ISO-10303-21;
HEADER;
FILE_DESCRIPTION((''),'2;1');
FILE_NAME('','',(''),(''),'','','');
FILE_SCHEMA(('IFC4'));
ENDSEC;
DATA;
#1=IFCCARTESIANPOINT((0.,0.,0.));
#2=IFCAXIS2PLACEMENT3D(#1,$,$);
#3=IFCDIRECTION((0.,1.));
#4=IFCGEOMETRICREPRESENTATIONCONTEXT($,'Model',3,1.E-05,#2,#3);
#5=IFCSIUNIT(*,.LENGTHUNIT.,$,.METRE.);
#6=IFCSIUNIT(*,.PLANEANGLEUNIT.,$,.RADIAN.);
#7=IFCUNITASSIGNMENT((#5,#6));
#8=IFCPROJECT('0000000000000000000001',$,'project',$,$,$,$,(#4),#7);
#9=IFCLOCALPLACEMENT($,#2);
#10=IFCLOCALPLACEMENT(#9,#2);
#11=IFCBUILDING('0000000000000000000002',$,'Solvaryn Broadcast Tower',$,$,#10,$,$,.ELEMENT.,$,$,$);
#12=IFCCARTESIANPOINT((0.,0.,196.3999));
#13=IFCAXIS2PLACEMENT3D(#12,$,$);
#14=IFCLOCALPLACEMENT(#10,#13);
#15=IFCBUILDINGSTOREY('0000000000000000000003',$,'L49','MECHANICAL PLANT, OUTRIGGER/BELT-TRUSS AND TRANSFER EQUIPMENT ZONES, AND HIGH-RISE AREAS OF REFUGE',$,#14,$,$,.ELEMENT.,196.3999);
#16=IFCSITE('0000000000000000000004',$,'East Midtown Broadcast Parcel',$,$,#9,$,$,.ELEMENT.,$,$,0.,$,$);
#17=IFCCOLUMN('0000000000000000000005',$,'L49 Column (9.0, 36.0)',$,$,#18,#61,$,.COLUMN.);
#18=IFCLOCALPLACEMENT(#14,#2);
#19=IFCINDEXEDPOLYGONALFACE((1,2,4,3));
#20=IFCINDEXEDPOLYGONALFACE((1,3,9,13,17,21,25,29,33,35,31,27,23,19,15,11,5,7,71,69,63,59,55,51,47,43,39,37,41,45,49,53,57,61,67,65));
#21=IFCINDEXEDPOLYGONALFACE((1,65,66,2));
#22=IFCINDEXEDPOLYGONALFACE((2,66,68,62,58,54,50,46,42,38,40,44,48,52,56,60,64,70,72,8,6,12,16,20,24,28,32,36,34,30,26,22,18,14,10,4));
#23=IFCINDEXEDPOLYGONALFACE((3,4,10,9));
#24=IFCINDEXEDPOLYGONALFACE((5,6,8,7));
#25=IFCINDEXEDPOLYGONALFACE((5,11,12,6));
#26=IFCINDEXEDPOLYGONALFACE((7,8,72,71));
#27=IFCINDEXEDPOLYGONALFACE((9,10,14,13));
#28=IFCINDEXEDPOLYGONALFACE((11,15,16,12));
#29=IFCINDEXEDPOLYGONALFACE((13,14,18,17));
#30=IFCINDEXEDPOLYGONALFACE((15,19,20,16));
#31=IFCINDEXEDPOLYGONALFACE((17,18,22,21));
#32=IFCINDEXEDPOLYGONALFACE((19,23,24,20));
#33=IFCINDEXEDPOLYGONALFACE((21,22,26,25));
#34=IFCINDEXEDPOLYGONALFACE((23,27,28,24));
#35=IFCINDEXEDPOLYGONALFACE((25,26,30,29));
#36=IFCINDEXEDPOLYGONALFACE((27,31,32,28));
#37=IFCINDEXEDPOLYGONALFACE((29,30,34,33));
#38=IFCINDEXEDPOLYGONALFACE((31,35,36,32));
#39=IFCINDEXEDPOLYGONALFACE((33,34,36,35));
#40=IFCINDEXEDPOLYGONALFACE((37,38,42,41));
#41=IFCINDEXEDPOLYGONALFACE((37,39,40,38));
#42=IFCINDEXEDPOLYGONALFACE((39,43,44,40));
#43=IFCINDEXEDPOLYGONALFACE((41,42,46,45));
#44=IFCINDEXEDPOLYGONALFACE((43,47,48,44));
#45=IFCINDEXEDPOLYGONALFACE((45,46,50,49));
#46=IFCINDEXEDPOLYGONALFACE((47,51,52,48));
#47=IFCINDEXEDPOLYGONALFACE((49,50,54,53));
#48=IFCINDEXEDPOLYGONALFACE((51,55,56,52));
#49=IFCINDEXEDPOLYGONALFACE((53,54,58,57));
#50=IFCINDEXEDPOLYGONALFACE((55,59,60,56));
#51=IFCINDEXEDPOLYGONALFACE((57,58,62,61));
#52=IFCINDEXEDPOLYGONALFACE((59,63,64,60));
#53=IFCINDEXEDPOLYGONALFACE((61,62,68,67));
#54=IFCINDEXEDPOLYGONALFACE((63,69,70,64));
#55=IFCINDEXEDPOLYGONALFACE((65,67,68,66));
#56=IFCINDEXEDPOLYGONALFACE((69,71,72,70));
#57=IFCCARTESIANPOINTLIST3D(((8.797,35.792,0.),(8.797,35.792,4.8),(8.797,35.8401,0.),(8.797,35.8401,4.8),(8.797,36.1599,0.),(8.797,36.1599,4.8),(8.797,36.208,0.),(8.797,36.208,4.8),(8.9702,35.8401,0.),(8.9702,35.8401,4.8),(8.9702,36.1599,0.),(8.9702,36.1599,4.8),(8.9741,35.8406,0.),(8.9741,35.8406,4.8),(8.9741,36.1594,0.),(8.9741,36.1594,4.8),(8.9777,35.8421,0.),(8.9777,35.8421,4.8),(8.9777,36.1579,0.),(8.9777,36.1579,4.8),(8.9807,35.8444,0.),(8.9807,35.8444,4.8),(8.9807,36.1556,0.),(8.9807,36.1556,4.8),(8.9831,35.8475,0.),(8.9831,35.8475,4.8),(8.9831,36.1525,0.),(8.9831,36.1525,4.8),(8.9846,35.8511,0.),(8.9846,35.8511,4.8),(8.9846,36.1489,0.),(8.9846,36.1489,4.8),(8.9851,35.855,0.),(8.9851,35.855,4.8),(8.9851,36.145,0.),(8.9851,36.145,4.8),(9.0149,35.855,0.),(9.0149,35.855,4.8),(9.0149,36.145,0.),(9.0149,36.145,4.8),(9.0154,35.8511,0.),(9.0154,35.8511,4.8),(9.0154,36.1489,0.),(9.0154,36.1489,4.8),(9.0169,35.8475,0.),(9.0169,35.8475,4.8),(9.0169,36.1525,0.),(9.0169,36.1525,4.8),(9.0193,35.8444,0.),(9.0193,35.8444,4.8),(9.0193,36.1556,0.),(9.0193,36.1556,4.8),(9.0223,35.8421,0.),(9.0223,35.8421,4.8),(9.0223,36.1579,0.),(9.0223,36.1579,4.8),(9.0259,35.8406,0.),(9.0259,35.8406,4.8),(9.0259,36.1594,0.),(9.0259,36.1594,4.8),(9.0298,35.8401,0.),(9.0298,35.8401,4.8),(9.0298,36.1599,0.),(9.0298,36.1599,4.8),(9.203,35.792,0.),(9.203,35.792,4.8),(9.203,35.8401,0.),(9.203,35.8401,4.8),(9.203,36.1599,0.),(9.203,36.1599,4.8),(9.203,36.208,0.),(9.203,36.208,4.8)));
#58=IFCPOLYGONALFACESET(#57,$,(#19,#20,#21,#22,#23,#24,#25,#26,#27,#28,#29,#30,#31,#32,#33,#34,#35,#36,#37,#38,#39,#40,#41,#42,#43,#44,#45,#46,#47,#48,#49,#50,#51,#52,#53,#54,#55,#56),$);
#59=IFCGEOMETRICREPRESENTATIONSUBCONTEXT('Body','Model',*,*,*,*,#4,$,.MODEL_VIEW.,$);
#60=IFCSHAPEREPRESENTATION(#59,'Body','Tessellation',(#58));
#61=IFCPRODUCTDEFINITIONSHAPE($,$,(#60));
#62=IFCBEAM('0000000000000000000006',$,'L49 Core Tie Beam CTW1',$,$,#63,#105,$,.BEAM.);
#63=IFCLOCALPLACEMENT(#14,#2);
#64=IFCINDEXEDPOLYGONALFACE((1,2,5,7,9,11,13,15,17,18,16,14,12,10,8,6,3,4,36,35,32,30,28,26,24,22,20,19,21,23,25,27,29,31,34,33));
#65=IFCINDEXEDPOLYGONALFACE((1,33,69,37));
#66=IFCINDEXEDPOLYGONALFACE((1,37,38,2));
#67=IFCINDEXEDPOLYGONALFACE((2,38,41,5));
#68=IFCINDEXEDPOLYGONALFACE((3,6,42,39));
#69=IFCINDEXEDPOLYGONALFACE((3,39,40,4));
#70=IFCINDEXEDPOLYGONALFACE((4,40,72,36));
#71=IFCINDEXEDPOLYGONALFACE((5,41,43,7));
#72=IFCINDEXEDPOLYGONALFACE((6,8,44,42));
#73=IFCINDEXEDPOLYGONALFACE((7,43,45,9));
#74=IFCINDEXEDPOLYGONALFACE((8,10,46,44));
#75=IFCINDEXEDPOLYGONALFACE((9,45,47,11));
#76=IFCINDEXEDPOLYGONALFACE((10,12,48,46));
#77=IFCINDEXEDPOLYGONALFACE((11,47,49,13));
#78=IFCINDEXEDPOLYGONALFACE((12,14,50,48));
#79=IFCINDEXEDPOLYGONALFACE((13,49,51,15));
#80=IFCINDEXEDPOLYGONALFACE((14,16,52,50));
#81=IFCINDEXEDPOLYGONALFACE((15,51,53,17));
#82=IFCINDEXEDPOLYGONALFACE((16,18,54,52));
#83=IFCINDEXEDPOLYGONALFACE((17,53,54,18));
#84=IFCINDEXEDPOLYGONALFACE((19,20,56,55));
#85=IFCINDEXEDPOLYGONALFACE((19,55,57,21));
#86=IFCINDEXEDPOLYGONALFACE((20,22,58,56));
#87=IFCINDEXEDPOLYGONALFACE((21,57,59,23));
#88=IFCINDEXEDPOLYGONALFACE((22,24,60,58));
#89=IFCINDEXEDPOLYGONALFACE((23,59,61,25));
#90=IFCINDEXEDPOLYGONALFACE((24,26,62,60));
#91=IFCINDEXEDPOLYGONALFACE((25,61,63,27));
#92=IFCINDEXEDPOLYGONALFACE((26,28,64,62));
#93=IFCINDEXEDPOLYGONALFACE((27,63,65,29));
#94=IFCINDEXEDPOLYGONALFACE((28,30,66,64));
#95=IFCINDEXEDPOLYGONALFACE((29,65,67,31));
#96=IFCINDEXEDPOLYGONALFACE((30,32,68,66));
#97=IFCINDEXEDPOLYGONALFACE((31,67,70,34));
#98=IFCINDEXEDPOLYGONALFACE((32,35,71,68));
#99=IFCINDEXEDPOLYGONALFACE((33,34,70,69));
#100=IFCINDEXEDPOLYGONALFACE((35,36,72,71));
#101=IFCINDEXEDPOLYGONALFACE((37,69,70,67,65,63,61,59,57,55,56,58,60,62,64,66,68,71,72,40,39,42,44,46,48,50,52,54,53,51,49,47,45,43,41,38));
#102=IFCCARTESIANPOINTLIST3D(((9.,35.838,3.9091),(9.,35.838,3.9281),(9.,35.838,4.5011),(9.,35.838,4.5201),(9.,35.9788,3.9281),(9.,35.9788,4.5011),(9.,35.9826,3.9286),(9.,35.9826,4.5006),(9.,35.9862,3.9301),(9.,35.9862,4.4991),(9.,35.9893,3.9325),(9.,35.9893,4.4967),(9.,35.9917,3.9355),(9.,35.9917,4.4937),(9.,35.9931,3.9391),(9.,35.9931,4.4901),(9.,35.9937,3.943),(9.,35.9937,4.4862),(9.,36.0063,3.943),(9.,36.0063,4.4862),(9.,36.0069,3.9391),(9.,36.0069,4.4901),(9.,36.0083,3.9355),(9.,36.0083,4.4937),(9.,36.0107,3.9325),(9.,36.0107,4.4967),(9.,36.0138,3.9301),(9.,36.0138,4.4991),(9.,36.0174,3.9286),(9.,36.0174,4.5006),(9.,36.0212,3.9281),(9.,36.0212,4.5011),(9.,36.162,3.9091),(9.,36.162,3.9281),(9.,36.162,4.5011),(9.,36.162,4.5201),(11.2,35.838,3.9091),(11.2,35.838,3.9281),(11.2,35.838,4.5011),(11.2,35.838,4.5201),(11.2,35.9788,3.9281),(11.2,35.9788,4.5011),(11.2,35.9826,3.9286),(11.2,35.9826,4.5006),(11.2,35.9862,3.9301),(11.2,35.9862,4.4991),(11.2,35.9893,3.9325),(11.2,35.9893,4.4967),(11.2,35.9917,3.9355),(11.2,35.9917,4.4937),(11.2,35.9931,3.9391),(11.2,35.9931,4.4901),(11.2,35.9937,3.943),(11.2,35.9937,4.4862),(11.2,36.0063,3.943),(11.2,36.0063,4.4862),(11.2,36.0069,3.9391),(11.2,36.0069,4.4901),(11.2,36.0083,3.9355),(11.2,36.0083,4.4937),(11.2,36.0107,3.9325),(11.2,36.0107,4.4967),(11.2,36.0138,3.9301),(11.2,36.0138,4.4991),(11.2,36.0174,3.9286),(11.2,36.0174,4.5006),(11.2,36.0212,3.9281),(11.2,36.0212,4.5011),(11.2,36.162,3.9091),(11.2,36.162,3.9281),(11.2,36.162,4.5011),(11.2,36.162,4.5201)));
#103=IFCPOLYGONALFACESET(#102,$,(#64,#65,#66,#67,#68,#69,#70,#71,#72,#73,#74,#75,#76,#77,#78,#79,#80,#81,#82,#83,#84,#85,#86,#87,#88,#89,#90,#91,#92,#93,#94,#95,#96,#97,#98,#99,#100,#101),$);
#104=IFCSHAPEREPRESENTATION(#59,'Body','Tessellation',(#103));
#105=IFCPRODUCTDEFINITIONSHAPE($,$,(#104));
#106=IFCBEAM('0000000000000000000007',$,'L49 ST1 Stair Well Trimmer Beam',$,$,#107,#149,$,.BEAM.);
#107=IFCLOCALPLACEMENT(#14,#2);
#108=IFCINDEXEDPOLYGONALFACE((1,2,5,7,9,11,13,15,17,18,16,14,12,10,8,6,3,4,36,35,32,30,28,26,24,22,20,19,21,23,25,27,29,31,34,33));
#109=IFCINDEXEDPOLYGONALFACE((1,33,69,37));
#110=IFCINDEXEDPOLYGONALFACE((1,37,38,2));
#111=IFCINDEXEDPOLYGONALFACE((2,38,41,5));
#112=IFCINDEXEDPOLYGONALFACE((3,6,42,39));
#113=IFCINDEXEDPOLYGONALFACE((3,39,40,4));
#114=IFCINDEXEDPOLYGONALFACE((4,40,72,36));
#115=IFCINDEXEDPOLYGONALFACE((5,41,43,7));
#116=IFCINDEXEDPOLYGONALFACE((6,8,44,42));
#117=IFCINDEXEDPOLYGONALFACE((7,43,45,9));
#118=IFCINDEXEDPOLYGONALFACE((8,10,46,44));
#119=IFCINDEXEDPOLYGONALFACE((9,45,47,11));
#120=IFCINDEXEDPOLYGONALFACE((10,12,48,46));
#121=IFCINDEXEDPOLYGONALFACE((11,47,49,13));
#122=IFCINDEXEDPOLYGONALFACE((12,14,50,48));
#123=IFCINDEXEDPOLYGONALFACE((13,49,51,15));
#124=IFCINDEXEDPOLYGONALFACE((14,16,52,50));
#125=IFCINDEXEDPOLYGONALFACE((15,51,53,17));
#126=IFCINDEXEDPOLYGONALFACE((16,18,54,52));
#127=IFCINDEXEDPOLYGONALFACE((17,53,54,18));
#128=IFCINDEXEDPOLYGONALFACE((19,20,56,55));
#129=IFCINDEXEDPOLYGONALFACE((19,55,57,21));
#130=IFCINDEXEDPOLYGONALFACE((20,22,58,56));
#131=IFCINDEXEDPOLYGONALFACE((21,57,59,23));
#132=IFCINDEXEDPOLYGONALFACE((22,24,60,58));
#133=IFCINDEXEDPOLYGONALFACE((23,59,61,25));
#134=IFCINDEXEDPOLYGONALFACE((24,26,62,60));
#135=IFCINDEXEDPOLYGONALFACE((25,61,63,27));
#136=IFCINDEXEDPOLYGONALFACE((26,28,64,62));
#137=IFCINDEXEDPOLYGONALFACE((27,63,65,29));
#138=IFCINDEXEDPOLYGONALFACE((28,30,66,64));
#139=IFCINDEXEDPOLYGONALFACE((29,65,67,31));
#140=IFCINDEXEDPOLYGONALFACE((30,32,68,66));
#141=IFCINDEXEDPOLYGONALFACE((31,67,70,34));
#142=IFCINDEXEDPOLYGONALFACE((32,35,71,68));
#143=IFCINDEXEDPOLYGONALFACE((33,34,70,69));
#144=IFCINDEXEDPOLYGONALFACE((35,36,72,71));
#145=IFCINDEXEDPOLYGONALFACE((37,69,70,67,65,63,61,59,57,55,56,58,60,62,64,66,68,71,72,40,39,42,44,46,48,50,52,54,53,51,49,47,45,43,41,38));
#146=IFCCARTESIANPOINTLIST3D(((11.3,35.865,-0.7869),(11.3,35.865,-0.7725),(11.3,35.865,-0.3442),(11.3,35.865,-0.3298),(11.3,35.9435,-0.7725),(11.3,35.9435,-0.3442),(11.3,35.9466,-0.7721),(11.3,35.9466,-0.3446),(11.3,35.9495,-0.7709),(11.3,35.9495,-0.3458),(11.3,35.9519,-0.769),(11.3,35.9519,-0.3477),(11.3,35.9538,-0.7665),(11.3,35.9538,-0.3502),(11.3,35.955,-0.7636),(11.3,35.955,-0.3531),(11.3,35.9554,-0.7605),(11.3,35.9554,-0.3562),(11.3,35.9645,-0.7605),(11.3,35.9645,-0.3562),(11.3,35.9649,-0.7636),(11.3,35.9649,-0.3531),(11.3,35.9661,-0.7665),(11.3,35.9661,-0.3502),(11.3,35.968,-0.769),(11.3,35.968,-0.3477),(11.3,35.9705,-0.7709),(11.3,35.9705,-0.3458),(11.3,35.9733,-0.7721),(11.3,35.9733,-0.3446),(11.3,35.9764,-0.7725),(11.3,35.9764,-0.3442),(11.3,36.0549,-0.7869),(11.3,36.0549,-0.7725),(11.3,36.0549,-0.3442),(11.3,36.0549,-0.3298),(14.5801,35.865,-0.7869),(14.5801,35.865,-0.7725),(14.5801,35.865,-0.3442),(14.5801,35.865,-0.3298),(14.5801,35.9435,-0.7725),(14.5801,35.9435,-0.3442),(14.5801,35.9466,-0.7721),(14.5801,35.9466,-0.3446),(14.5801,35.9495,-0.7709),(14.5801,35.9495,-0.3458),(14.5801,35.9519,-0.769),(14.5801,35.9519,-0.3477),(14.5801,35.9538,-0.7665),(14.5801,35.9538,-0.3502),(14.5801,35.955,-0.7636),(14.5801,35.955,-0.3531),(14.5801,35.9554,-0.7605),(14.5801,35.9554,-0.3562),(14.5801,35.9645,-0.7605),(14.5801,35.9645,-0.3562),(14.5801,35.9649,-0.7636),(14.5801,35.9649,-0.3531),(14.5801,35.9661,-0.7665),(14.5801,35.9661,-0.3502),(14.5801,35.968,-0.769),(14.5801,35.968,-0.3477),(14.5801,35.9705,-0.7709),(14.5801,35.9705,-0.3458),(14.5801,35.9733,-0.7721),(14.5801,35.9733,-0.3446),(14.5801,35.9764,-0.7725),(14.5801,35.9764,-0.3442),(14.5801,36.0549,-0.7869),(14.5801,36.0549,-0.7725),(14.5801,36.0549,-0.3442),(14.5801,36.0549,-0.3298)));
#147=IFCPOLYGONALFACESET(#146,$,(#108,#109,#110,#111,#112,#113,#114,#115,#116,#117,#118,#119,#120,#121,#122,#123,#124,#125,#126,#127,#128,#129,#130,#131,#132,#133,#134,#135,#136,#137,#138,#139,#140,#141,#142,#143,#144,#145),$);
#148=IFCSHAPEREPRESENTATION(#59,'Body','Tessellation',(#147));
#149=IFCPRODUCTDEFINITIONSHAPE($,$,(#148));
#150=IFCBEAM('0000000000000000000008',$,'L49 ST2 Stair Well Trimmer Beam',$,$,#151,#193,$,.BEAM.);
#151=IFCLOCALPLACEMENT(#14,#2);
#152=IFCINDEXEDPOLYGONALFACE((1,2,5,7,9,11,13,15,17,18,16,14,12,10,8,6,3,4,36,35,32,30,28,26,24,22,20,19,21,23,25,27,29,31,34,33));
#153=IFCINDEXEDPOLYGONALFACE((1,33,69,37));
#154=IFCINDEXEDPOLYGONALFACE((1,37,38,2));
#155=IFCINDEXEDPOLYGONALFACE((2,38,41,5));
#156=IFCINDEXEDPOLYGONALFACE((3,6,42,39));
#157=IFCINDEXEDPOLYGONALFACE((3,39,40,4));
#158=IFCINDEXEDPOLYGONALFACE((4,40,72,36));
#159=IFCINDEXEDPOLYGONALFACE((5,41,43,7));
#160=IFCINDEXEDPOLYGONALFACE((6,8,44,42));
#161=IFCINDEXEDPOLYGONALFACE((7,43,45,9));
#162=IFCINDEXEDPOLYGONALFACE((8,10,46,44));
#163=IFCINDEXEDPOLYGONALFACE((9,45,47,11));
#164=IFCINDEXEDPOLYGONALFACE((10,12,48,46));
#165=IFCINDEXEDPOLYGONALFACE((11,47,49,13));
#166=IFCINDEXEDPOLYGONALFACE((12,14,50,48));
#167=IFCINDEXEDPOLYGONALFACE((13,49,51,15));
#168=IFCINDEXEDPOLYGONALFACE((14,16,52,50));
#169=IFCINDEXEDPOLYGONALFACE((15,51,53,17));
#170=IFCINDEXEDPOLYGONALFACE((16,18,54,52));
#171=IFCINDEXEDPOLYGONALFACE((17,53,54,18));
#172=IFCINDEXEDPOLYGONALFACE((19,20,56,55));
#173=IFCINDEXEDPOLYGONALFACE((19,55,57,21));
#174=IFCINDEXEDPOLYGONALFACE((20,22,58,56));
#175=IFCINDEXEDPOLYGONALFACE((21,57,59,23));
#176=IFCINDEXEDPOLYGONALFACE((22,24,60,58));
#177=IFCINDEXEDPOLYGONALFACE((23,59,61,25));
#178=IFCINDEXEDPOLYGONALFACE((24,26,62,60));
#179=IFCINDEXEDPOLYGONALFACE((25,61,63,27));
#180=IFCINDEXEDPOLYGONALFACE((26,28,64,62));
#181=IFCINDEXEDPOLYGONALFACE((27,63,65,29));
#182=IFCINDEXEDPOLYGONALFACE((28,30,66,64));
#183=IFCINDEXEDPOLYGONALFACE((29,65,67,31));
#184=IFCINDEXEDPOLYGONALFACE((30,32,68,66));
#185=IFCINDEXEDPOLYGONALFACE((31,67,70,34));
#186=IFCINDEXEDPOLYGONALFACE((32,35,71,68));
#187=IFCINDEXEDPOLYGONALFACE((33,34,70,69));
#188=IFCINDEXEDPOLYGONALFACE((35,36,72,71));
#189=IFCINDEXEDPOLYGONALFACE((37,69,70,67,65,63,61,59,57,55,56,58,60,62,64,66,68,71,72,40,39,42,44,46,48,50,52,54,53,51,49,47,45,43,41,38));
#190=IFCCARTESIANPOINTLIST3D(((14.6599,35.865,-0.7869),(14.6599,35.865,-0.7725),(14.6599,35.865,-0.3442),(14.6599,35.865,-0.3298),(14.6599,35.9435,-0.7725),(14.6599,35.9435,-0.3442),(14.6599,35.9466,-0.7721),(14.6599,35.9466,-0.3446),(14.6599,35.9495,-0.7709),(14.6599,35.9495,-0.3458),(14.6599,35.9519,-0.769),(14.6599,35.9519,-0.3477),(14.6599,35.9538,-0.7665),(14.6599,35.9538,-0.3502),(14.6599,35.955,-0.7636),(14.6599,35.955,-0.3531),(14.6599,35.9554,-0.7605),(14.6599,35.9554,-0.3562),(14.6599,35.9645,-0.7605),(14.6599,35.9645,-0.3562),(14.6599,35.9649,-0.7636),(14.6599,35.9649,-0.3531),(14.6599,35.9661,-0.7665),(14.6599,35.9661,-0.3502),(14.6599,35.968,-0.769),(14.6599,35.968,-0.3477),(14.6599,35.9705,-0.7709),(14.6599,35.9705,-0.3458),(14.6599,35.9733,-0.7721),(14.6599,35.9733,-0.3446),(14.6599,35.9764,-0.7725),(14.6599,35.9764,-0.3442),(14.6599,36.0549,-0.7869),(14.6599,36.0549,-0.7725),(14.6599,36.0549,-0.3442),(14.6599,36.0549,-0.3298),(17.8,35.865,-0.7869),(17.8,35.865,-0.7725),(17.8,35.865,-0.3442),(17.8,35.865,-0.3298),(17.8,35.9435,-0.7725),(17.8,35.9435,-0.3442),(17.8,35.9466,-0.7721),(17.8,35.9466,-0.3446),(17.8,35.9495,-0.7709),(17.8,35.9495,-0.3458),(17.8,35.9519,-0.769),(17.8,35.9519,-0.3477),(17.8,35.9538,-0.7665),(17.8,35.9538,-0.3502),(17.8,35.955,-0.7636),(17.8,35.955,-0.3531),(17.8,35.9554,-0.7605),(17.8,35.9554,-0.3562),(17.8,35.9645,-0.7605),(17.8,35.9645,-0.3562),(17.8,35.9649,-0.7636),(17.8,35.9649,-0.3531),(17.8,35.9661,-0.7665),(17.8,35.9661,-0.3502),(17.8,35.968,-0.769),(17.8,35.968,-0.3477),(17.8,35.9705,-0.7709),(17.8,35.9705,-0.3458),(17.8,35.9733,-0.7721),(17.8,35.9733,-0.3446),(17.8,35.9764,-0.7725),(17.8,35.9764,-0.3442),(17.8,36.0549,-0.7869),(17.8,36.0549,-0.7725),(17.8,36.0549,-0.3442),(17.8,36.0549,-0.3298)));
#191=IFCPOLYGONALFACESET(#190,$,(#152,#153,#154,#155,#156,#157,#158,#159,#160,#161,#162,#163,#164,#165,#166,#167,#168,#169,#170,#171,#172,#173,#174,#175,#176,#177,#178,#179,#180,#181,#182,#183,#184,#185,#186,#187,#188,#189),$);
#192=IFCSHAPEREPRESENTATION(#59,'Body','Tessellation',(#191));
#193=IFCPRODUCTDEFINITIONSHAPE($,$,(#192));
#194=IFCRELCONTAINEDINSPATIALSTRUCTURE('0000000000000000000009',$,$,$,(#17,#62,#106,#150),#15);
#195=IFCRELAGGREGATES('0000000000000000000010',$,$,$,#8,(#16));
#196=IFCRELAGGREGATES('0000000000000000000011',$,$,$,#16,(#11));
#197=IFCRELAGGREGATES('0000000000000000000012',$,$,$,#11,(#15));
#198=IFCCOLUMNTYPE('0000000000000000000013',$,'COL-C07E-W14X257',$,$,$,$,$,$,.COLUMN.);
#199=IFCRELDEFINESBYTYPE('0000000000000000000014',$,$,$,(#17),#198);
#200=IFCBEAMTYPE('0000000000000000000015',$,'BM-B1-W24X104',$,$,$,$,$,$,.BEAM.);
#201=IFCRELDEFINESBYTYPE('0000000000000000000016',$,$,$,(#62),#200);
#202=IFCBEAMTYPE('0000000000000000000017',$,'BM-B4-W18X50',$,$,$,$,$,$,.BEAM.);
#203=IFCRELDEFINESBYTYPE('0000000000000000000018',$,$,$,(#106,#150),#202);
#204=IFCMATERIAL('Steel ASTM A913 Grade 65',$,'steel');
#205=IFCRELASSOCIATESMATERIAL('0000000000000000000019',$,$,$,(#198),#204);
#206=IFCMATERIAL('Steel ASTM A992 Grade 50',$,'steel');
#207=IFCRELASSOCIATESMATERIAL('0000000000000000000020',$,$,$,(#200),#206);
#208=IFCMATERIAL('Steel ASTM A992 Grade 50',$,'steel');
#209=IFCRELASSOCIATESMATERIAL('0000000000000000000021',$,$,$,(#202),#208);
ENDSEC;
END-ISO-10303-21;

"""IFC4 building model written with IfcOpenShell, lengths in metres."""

from ifc_helpers import new_model, si_unit, direction, frame, origin, origin_2d, place, context, subcontext, project, spatial, i_section, extrude, material, material_profile, profile_set, type_object, element, save


model = new_model("IFC4")

# Units and contexts
model_context = context("Model", 3, precision=1e-05, world=origin(), true_north=direction((0.0, 1.0)))
body_context = subcontext(model_context, "Body", "Model", "MODEL_VIEW")
ifc_project = project(units=[si_unit("LENGTHUNIT", "METRE"), si_unit("PLANEANGLEUNIT", "RADIAN")], contexts=[model_context])

# Site, building, storey
site_placement = place(None, origin())
site = spatial("IfcSite", under=ifc_project, at=site_placement, Name="East Midtown Broadcast Parcel", CompositionType="ELEMENT", RefElevation=0.0)
building_placement = place(site_placement, origin())
building = spatial("IfcBuilding", under=site, at=building_placement, Name="Solvaryn Broadcast Tower", CompositionType="ELEMENT")
storey_placement = place(building_placement, frame((0.0, 0.0, 196.3999)))
storey = spatial("IfcBuildingStorey", under=building, at=storey_placement, Name="L49", Description="MECHANICAL PLANT, OUTRIGGER/BELT-TRUSS AND TRANSFER EQUIPMENT ZONES, AND HIGH-RISE AREAS OF REFUGE", CompositionType="ELEMENT", Elevation=196.3999)

# Column
ifc_material_1 = material(Name="Steel ASTM A913 Grade 65", Category="steel")
ifc_material_profile_1 = material_profile(ifc_material_1, i_section(OverallWidth=0.406, OverallDepth=0.416, WebThickness=0.0298, FlangeThickness=0.0481, FilletRadius=0.0149, at=origin_2d()))
ifc_profile_set_1 = profile_set([ifc_material_profile_1], Name="Steel ASTM A913 Grade 65")
column_type = type_object("IfcColumnType", Name="COL-C07E-W14X257", PredefinedType="COLUMN", material=ifc_profile_set_1)
column_placement = place(storey_placement, frame((9.0, 36.0, 0.0), z_axis=(0.0, 0.0, 1.0), x_axis=(1.0, 0.0, 0.0)))
element("IfcColumn", 1, at=column_placement, inside=storey, type_object=column_type, Name="L49 Column (9.0, 36.0)", PredefinedType="COLUMN", context=body_context, shape_type="SweptSolid", body=[
    extrude(i_section(OverallWidth=0.406, OverallDepth=0.416, WebThickness=0.0298, FlangeThickness=0.0481, FilletRadius=0.0149, at=origin_2d()), origin(), (0.0, 0.0, 1.0), 4.8),
])

# Beams
ifc_material_2 = material(Name="Steel ASTM A992 Grade 50", Category="steel")
ifc_material_profile_2 = material_profile(ifc_material_2, i_section(OverallWidth=0.324, OverallDepth=0.6111, WebThickness=0.0127, FlangeThickness=0.019, FilletRadius=0.0149, at=origin_2d()))
ifc_profile_set_2 = profile_set([ifc_material_profile_2], Name="Steel ASTM A992 Grade 50")
beam_type_1 = type_object("IfcBeamType", Name="BM-B1-W24X104", PredefinedType="BEAM", material=ifc_profile_set_2)
beam_1_placement = place(storey_placement, frame((9.0, 36.0, 4.2146), z_axis=(1.0, 0.0, 0.0), x_axis=(0.0, 1.0, 0.0)))
element("IfcBeam", 2, at=beam_1_placement, inside=storey, type_object=beam_type_1, Name="L49 Core Tie Beam CTW1", PredefinedType="BEAM", context=body_context, shape_type="SweptSolid", body=[
    extrude(i_section(OverallWidth=0.324, OverallDepth=0.6111, WebThickness=0.0127, FlangeThickness=0.019, FilletRadius=0.0149, at=origin_2d()), origin(), (0.0, 0.0, 1.0), 2.2),
])
ifc_material_3 = material(Name="Steel ASTM A992 Grade 50", Category="steel")
ifc_material_profile_3 = material_profile(ifc_material_3, i_section(OverallWidth=0.1899, OverallDepth=0.457, WebThickness=0.009, FlangeThickness=0.0144, FilletRadius=0.012, at=origin_2d()))
ifc_profile_set_3 = profile_set([ifc_material_profile_3], Name="Steel ASTM A992 Grade 50")
beam_type_2 = type_object("IfcBeamType", Name="BM-B4-W18X50", PredefinedType="BEAM", material=ifc_profile_set_3)
beam_2_placement = place(storey_placement, frame((11.3, 35.96, -0.5583), z_axis=(1.0, 0.0, 0.0), x_axis=(0.0, 1.0, 0.0)))
element("IfcBeam", 3, at=beam_2_placement, inside=storey, type_object=beam_type_2, Name="L49 ST1 Stair Well Trimmer Beam", PredefinedType="BEAM", context=body_context, shape_type="SweptSolid", body=[
    extrude(i_section(OverallWidth=0.1899, OverallDepth=0.457, WebThickness=0.009, FlangeThickness=0.0144, FilletRadius=0.012, at=origin_2d()), origin(), (0.0, 0.0, 1.0), 3.28),
])
beam_3_placement = place(storey_placement, frame((14.6599, 35.96, -0.5583), z_axis=(1.0, 0.0, 0.0), x_axis=(0.0, 1.0, 0.0)))
element("IfcBeam", 4, at=beam_3_placement, inside=storey, type_object=beam_type_2, Name="L49 ST2 Stair Well Trimmer Beam", PredefinedType="BEAM", context=body_context, shape_type="SweptSolid", body=[
    extrude(i_section(OverallWidth=0.1899, OverallDepth=0.457, WebThickness=0.009, FlangeThickness=0.0144, FilletRadius=0.012, at=origin_2d()), origin(), (0.0, 0.0, 1.0), 3.1401),
])

save(model, "model.ifc")
